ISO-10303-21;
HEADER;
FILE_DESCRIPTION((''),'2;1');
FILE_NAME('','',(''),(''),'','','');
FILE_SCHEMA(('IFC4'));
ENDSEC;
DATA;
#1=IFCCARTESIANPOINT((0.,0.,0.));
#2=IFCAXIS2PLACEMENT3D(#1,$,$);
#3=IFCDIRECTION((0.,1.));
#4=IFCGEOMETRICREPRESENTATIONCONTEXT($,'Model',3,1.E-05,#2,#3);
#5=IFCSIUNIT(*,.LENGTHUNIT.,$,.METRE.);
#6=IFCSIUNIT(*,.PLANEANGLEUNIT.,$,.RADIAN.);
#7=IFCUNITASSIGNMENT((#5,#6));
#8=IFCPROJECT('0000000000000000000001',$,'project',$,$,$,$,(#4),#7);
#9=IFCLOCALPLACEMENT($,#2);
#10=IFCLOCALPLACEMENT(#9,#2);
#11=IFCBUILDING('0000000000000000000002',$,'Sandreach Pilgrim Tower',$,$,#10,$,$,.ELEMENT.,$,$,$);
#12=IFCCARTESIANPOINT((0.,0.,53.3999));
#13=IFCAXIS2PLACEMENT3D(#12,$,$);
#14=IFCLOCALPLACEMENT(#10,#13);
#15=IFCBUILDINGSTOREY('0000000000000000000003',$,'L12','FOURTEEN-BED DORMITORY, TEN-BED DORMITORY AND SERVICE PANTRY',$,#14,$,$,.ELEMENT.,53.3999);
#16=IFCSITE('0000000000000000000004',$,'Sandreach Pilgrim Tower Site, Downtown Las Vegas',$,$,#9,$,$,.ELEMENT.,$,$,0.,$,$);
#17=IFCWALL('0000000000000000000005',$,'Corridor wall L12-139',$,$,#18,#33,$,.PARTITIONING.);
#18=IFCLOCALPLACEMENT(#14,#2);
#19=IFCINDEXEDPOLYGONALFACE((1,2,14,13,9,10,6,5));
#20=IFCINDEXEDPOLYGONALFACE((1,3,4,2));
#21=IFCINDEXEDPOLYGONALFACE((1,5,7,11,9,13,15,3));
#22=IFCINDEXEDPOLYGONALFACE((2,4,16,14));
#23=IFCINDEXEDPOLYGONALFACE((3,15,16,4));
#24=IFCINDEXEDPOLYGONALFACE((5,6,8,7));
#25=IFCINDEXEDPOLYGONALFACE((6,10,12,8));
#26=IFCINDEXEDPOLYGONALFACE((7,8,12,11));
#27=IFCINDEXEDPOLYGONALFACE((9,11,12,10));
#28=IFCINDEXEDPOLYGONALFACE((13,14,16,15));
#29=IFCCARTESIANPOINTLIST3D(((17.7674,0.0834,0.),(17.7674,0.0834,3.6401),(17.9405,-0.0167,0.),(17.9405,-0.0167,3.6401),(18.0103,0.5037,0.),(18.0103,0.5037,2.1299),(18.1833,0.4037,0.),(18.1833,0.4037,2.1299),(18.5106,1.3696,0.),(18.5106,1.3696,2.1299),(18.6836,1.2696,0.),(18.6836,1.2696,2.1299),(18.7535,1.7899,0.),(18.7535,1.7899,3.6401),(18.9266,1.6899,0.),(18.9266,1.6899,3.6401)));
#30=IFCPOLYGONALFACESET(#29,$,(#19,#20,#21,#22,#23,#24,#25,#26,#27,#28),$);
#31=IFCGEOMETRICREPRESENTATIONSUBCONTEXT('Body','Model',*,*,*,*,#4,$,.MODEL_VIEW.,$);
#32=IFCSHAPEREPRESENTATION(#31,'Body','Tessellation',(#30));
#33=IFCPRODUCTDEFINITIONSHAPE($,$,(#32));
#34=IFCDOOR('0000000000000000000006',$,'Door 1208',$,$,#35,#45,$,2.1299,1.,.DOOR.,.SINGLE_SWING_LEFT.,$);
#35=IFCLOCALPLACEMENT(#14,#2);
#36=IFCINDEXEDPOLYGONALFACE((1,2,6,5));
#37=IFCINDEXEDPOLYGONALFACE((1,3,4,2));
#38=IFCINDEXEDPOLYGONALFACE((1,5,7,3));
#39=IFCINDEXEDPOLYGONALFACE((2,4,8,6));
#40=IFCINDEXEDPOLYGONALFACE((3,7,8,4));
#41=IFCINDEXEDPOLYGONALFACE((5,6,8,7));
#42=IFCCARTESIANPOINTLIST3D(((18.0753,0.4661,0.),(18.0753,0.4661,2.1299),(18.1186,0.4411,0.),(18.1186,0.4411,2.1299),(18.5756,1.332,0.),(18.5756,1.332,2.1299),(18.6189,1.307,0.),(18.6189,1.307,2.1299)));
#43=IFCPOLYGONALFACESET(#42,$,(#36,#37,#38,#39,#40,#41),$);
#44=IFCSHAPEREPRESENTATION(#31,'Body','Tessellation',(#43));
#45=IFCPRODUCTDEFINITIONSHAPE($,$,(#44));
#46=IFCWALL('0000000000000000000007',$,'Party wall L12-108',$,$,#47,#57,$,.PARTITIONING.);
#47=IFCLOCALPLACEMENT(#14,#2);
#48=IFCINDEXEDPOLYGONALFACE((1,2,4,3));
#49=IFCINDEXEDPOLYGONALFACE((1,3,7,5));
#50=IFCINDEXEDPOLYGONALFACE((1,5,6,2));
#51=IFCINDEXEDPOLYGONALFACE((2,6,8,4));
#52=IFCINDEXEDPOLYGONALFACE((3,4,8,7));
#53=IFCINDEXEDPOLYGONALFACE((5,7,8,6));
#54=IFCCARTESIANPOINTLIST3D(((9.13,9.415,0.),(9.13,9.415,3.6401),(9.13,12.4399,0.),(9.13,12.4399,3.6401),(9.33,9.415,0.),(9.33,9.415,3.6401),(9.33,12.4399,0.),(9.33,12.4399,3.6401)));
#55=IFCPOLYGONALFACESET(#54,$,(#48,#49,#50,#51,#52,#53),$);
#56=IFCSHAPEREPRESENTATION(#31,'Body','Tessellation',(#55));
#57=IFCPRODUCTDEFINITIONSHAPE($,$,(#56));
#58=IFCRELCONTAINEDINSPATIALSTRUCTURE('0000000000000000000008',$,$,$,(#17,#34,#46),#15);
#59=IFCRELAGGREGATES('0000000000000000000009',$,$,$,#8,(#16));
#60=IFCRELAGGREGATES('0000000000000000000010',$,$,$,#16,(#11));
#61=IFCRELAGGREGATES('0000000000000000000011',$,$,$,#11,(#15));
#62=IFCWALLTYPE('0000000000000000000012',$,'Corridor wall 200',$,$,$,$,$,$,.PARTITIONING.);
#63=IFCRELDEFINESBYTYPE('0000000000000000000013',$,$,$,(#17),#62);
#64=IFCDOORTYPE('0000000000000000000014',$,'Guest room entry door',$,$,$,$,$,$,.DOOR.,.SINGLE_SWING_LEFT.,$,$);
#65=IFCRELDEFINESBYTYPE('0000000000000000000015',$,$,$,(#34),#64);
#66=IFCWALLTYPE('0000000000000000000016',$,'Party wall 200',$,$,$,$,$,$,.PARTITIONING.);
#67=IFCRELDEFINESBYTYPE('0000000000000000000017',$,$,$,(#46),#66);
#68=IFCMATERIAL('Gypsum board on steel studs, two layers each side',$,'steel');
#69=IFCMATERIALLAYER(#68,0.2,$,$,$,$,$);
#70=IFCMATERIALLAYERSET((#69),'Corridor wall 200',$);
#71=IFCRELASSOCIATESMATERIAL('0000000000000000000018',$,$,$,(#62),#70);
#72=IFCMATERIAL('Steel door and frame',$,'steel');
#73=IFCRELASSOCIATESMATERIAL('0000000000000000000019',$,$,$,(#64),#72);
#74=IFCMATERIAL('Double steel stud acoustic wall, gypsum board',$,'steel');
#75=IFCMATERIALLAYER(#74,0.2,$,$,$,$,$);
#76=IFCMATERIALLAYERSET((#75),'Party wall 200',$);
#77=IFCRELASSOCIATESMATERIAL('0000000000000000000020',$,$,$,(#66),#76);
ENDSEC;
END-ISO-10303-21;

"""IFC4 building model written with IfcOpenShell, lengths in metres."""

from ifc_helpers import new_model, si_unit, direction, frame, frame_2d, origin, place, context, subcontext, project, spatial, rectangle, extrude, material, layer, layer_set, type_object, element, fill, save


model = new_model("IFC4")

# Units and contexts
model_context = context("Model", 3, precision=1e-05, world=origin(), true_north=direction((0.0, 1.0)))
body_context = subcontext(model_context, "Body", "Model", "MODEL_VIEW")
ifc_project = project(units=[si_unit("LENGTHUNIT", "METRE"), si_unit("PLANEANGLEUNIT", "RADIAN")], contexts=[model_context])

# Site, building, storey
site_placement = place(None, origin())
site = spatial("IfcSite", under=ifc_project, at=site_placement, Name="Sandreach Pilgrim Tower Site, Downtown Las Vegas", CompositionType="ELEMENT", RefElevation=0.0)
building_placement = place(site_placement, origin())
building = spatial("IfcBuilding", under=site, at=building_placement, Name="Sandreach Pilgrim Tower", CompositionType="ELEMENT")
storey_placement = place(building_placement, frame((0.0, 0.0, 53.3999)))
storey = spatial("IfcBuildingStorey", under=building, at=storey_placement, Name="L12", Description="FOURTEEN-BED DORMITORY, TEN-BED DORMITORY AND SERVICE PANTRY", CompositionType="ELEMENT", Elevation=53.3999)

# Shared definitions
ifc_material_1 = material(Name="Gypsum board on steel studs, two layers each side", Category="steel")
ifc_layer_1 = layer(ifc_material_1, 0.2)
ifc_layer_set_1 = layer_set([ifc_layer_1], Name="Corridor wall 200")
wall_type_1 = type_object("IfcWallType", Name="Corridor wall 200", PredefinedType="PARTITIONING", material=ifc_layer_set_1)

# Shared definitions
ifc_material_2 = material(Name="Steel door and frame", Category="steel")
door_type_1 = type_object("IfcDoorType", Name="Guest room entry door", OperationType="SINGLE_SWING_LEFT", PredefinedType="DOOR", material=ifc_material_2)

# Wall, opening, door
wall_1_placement = place(storey_placement, frame((17.854, 0.0334, 0.0), z_axis=(0.0, 0.0, 1.0), x_axis=(0.500309, 0.865847, 0.0)))
wall_1 = element("IfcWall", 1, at=wall_1_placement, inside=storey, type_object=wall_type_1, Name="Corridor wall L12-139", PredefinedType="PARTITIONING", context=body_context, shape_type="SweptSolid", body=[
    extrude(rectangle(XDim=1.9709, YDim=0.2, at=frame_2d((0.9854, 0.0))), origin(), (0.0, 0.0, 1.0), 3.6401),
])
opening_1_placement = place(wall_1_placement, frame((0.4854, 0.0, 0.0)))
opening_1 = element("IfcOpeningElement", 2, at=opening_1_placement, cuts=wall_1, PredefinedType="OPENING", context=body_context, shape_type="SweptSolid", body=[
    extrude(rectangle(XDim=1.0, YDim=2.1299, at=frame_2d((0.5, 1.0649))), frame((0.0, 0.1001, 0.0), z_axis=(0.0, -1.0, 0.0), x_axis=(1.0, 0.0, 0.0)), (0.0, 0.0, 1.0), 0.2),
])
door_1_placement = place(opening_1_placement, origin())
door_1 = element("IfcDoor", 3, at=door_1_placement, inside=storey, type_object=door_type_1, Name="Door 1208", OperationType="SINGLE_SWING_LEFT", OverallHeight=2.1299, OverallWidth=1.0, PredefinedType="DOOR", context=body_context, shape_type="SweptSolid", body=[
    extrude(rectangle(XDim=1.0, YDim=2.1299, at=frame_2d((0.5, 1.0649))), frame((0.0, 0.0249, 0.0), z_axis=(0.0, -1.0, 0.0), x_axis=(1.0, 0.0, 0.0)), (0.0, 0.0, 1.0), 0.05),
])
fill(opening_1, door_1)

# Wall
ifc_material_3 = material(Name="Double steel stud acoustic wall, gypsum board", Category="steel")
ifc_layer_2 = layer(ifc_material_3, 0.2)
ifc_layer_set_2 = layer_set([ifc_layer_2], Name="Party wall 200")
wall_type_2 = type_object("IfcWallType", Name="Party wall 200", PredefinedType="PARTITIONING", material=ifc_layer_set_2)
wall_2_placement = place(storey_placement, frame((9.23, 12.4399, 0.0), z_axis=(0.0, 0.0, 1.0), x_axis=(0.0, -1.0, 0.0)))
element("IfcWall", 4, at=wall_2_placement, inside=storey, type_object=wall_type_2, Name="Party wall L12-108", PredefinedType="PARTITIONING", context=body_context, shape_type="SweptSolid", body=[
    extrude(rectangle(XDim=3.0249, YDim=0.2, at=frame_2d((1.5125, 0.0))), origin(), (0.0, 0.0, 1.0), 3.6401),
])

save(model, "model.ifc")
